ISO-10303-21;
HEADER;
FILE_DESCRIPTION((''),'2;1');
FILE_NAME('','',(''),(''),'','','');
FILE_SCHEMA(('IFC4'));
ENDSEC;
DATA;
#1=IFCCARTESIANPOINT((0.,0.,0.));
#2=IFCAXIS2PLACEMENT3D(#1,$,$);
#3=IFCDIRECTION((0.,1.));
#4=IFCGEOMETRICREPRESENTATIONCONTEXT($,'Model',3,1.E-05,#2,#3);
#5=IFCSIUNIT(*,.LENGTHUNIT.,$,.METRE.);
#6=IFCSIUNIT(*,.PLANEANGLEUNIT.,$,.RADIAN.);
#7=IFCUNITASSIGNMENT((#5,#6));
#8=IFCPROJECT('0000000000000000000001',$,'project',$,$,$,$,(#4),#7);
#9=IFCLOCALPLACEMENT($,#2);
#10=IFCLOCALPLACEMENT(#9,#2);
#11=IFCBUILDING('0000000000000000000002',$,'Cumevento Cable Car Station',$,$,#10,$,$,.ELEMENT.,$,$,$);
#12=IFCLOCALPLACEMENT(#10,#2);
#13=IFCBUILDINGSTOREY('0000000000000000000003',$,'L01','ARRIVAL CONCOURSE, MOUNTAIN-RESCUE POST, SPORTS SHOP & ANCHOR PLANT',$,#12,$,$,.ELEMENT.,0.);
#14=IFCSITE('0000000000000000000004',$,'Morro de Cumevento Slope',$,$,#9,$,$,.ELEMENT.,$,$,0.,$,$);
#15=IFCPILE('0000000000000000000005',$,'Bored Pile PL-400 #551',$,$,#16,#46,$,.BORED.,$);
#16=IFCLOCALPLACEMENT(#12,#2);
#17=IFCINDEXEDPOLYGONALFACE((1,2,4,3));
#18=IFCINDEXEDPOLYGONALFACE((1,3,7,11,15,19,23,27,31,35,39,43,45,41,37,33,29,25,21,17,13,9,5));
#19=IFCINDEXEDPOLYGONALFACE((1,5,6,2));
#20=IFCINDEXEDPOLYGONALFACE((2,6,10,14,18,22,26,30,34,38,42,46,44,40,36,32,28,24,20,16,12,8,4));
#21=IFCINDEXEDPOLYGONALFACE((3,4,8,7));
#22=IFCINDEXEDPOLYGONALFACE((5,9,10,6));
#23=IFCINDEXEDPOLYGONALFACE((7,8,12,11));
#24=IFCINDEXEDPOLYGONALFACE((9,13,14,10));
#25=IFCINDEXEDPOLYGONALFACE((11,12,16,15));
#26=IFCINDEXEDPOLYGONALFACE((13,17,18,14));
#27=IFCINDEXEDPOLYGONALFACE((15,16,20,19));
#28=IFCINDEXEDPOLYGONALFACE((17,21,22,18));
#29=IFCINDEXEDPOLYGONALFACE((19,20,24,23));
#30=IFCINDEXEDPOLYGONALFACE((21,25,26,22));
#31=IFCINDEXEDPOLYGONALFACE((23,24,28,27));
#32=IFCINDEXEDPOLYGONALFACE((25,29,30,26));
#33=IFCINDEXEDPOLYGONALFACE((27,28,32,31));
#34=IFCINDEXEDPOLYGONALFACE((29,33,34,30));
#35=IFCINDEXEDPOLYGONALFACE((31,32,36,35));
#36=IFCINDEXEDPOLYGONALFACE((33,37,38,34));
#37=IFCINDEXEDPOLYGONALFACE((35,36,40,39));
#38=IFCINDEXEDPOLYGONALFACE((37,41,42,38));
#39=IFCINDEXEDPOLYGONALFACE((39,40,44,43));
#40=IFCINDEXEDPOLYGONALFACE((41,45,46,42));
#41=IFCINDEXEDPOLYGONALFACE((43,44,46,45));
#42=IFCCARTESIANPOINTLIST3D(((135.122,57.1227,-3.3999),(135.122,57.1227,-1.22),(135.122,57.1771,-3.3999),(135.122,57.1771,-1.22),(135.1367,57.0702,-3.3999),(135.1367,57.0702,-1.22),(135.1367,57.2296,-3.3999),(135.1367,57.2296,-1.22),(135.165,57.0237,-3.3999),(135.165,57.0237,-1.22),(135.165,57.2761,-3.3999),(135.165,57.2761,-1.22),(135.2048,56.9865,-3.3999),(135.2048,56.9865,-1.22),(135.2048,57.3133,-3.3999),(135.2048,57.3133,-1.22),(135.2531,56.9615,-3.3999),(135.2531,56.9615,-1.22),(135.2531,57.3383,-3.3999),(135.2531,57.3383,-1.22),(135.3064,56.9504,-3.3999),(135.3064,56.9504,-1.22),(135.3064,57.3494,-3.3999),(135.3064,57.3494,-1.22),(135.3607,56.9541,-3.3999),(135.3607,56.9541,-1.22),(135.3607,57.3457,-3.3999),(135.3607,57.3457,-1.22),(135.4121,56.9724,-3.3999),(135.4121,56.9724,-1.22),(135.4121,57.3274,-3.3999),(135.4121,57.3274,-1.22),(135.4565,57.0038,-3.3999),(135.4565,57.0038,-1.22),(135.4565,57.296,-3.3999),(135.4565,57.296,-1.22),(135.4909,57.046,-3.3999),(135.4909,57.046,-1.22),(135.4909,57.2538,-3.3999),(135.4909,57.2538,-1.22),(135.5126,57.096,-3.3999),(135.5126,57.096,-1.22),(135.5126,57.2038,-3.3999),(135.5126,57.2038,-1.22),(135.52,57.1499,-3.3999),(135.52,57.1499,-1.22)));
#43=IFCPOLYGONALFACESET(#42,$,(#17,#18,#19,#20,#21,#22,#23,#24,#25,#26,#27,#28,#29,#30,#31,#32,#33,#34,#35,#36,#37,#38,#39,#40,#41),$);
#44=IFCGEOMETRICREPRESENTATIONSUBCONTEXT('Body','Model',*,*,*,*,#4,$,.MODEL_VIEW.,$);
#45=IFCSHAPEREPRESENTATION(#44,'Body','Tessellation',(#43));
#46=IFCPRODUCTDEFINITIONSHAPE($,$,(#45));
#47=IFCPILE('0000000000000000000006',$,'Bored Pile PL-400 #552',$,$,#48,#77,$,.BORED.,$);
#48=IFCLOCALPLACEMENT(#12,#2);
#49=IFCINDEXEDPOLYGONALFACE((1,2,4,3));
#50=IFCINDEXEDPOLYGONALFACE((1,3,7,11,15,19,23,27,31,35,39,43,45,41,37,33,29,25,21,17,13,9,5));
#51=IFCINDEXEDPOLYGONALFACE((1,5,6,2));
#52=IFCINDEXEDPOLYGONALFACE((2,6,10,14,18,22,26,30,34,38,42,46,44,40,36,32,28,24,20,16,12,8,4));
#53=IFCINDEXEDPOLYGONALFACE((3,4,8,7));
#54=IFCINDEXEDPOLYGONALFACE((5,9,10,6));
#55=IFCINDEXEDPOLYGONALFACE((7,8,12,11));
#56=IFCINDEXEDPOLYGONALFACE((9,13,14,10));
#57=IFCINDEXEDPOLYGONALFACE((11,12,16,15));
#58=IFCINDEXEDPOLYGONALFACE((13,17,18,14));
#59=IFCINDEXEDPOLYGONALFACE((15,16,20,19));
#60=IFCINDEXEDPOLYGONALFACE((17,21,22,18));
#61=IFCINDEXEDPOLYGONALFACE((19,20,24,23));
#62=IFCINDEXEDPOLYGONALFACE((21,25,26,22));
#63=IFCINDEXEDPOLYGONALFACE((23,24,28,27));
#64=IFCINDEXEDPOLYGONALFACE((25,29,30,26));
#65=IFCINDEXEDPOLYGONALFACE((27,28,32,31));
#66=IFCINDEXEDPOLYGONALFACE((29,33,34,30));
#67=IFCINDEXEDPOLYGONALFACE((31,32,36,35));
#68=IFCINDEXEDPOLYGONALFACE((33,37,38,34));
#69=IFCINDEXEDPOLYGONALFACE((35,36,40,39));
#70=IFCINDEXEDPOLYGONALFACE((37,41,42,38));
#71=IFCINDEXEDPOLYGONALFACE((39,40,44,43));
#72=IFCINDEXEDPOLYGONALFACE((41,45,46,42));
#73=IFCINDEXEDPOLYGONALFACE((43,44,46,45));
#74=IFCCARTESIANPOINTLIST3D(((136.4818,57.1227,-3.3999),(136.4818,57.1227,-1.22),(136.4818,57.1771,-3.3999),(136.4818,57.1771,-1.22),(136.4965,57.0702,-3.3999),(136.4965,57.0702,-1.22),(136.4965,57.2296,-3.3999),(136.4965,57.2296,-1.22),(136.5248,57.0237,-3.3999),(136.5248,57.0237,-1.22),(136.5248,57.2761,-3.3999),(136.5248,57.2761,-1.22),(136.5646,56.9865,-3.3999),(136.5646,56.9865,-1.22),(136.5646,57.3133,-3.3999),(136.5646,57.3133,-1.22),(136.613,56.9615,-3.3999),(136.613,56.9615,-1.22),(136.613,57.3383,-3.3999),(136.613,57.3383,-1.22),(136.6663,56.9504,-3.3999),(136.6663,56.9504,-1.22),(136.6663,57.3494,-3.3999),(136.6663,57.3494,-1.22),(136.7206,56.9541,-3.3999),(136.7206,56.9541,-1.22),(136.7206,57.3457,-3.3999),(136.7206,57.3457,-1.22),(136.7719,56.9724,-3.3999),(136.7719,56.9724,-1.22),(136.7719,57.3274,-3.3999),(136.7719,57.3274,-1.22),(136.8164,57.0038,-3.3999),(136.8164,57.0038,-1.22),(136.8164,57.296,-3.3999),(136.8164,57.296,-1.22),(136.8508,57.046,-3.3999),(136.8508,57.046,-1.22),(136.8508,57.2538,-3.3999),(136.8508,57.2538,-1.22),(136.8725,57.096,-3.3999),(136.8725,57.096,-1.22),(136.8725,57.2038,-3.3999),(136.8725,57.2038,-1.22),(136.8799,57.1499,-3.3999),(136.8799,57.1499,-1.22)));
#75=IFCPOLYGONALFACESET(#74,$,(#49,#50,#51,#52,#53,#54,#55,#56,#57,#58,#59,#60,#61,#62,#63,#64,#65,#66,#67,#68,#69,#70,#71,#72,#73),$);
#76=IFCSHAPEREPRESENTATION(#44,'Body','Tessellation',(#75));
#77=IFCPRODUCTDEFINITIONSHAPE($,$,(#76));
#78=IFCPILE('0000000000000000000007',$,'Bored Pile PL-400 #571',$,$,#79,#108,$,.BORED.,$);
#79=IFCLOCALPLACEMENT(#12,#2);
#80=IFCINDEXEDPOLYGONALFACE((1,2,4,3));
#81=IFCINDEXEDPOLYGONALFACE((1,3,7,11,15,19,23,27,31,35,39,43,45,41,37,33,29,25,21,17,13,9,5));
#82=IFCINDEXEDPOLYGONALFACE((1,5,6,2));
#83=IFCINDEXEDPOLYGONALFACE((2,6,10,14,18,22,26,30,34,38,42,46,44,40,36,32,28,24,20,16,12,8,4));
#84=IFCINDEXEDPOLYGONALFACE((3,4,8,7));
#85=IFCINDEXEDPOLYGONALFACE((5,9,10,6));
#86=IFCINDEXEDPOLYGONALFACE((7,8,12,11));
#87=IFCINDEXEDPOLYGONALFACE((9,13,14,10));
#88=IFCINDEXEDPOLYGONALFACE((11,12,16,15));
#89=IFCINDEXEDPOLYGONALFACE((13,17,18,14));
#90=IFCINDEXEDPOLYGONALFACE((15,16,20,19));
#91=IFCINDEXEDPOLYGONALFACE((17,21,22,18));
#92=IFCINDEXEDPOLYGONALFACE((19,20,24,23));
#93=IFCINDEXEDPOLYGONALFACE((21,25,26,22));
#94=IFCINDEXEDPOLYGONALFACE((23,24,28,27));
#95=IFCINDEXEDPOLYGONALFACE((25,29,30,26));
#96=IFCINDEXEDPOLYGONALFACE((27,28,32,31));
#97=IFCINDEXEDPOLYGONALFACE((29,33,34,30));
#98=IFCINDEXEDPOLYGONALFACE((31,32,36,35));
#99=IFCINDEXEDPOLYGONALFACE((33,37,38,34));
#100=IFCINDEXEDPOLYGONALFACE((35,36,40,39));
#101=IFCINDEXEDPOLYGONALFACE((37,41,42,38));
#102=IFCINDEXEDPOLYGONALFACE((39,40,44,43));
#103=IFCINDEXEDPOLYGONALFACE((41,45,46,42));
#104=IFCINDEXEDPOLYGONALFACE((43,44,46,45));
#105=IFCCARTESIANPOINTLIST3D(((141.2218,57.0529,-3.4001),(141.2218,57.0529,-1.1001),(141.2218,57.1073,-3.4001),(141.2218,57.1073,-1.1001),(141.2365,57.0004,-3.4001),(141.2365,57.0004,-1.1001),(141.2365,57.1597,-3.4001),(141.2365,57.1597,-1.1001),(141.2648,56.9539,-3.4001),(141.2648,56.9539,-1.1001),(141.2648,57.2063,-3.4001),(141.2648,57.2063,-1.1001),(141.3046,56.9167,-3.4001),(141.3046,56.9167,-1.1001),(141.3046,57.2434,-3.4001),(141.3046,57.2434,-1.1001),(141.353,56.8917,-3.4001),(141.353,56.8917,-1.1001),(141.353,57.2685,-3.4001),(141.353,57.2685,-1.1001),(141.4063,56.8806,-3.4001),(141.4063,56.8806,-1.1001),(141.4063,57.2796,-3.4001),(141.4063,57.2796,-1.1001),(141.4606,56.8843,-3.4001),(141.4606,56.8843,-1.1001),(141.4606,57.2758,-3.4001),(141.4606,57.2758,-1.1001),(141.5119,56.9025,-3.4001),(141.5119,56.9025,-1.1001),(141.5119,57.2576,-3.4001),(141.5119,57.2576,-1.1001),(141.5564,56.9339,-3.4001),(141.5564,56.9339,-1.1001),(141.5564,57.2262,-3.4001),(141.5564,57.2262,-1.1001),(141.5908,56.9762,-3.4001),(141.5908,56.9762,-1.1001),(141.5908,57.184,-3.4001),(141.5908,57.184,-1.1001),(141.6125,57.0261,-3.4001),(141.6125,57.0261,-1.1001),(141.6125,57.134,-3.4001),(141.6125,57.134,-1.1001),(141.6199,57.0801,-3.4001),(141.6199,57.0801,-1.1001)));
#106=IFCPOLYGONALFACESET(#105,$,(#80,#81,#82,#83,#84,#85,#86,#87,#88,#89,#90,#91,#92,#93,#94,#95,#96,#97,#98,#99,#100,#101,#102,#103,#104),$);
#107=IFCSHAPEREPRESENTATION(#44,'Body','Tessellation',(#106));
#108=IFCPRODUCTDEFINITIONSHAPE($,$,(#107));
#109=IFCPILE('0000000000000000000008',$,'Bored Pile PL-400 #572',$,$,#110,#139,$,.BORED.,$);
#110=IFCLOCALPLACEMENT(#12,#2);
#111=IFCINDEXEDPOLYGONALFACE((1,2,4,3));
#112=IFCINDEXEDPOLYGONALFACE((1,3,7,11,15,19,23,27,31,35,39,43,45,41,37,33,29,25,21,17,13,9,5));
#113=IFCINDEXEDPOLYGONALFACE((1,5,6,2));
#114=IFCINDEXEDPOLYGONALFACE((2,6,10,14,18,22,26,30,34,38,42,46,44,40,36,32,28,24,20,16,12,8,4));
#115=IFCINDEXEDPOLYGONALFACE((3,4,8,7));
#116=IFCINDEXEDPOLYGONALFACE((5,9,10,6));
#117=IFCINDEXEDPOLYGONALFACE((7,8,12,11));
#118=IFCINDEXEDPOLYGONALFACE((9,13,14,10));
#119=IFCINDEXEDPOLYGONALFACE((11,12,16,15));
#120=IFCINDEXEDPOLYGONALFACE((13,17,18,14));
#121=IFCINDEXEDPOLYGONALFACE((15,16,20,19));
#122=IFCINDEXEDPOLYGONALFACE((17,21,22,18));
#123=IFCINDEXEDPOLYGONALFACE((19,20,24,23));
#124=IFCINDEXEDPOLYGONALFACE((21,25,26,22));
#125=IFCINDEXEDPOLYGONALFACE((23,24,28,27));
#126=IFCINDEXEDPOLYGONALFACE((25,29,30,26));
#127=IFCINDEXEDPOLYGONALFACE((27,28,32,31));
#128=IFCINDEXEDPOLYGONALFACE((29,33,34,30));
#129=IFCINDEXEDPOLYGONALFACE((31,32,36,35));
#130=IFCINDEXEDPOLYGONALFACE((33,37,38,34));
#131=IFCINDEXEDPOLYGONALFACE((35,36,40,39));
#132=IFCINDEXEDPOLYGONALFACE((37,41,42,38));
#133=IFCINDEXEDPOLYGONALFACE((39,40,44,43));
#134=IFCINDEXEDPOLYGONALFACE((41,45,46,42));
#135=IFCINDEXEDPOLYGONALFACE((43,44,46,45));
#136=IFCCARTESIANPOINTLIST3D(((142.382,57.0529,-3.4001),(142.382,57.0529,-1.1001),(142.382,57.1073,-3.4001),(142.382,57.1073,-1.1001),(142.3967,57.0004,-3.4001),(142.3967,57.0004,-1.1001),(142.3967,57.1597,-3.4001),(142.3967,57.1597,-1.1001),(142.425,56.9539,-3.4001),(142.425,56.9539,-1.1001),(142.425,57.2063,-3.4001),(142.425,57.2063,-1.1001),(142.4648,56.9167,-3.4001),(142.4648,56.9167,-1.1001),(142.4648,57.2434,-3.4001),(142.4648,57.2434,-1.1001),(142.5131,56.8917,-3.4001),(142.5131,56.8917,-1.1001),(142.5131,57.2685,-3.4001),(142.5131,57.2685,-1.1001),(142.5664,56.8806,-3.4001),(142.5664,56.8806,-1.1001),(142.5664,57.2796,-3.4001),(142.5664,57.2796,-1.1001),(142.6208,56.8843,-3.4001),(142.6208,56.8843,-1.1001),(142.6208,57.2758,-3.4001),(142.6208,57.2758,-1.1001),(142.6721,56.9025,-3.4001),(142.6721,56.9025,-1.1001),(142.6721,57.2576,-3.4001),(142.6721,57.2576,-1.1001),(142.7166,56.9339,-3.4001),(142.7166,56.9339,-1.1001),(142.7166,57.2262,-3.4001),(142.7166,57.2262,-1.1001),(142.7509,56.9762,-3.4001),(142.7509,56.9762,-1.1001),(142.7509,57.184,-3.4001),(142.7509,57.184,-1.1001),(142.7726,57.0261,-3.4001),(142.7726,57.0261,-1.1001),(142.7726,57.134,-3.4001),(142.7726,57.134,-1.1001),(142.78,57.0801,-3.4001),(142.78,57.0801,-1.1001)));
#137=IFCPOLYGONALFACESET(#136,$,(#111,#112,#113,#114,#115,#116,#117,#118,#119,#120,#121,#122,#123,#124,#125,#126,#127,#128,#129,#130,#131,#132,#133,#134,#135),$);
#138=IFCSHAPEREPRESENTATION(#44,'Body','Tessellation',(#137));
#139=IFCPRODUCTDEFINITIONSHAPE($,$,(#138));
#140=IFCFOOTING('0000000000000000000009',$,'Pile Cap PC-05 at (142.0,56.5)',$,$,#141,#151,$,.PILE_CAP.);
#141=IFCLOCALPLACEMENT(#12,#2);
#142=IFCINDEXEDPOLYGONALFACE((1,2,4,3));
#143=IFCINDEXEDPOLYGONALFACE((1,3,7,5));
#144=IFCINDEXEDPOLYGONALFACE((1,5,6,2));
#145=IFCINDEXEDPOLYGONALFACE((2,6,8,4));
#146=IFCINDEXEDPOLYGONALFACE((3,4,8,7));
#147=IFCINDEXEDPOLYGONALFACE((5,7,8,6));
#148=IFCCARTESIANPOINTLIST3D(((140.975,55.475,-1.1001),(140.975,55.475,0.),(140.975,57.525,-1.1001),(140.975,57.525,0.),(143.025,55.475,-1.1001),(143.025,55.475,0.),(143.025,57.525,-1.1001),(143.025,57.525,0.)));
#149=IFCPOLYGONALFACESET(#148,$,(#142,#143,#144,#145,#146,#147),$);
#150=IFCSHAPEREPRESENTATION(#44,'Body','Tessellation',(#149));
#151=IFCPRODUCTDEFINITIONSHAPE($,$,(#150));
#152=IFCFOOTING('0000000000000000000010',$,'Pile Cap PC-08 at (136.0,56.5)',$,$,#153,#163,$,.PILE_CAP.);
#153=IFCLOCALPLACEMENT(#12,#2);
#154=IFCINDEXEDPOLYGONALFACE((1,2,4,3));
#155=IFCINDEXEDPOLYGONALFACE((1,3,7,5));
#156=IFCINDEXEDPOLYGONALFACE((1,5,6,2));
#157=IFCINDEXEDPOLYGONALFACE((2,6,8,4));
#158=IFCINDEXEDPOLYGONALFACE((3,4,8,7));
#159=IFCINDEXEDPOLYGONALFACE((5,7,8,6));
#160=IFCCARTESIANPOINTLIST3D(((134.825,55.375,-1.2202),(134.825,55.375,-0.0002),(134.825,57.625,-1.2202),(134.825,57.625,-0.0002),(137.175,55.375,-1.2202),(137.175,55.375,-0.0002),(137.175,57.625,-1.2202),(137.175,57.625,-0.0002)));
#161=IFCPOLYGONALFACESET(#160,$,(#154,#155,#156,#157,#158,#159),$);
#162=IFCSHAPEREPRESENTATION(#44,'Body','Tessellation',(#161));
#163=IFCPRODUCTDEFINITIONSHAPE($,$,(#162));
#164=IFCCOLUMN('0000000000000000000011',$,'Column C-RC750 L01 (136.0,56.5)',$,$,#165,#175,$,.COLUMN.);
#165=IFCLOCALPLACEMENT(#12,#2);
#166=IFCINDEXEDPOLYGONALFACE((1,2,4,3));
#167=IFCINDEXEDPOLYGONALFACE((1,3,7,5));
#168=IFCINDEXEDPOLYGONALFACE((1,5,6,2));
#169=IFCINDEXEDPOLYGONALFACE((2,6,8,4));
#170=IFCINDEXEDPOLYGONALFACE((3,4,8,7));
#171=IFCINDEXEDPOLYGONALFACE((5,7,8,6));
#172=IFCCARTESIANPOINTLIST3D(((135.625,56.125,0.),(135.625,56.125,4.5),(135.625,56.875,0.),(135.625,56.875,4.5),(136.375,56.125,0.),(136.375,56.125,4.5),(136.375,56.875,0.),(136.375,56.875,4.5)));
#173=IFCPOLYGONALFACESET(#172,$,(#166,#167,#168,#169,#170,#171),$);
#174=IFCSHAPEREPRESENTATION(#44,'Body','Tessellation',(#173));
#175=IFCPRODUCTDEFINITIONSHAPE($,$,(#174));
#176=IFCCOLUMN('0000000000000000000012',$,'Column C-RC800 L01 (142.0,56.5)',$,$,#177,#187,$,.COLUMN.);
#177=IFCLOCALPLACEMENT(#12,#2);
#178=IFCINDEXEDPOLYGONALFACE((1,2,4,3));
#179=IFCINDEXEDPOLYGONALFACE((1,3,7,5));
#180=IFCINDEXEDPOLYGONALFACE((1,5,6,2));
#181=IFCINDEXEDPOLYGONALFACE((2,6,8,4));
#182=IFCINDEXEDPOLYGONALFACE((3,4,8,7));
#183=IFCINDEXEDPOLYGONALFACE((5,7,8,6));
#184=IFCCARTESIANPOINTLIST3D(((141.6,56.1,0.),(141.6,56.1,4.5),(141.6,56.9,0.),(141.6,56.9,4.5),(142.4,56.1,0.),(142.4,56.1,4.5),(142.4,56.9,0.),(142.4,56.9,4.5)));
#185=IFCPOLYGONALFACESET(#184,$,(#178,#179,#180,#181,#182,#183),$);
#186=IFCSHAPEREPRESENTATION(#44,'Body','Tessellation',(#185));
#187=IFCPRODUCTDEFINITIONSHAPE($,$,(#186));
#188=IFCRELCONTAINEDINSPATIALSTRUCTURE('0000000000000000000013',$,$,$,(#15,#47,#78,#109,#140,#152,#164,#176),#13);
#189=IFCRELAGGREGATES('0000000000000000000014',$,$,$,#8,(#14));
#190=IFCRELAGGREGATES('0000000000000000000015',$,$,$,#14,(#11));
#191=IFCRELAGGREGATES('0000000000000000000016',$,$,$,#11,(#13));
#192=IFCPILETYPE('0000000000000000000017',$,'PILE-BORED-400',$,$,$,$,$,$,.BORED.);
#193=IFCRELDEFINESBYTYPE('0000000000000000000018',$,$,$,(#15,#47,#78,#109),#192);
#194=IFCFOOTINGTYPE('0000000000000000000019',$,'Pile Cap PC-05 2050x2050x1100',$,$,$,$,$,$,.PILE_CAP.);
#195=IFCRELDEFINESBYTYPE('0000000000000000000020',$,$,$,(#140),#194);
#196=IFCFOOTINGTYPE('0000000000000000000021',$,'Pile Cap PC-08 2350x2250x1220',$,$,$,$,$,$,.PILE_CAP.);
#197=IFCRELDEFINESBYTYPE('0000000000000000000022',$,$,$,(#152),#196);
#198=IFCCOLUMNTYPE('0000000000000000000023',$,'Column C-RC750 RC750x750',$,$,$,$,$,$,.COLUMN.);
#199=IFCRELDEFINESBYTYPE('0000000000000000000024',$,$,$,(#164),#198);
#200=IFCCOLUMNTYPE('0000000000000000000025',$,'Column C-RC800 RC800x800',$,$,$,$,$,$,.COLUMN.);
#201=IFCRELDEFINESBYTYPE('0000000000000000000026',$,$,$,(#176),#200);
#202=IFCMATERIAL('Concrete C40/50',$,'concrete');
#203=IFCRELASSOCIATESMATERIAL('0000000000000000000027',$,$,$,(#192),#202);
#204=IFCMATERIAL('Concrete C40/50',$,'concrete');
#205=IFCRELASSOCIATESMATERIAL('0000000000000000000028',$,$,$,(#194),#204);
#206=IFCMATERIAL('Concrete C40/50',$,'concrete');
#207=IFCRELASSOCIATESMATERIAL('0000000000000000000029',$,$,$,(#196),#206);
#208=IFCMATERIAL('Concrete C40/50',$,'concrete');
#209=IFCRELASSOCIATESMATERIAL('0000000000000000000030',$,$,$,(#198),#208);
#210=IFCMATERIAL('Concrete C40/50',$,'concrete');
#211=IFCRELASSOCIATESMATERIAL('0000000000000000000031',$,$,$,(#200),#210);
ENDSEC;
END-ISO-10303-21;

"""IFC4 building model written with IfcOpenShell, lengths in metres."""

from ifc_helpers import new_model, si_unit, direction, frame, origin, origin_2d, place, context, subcontext, project, spatial, rectangle, circle, extrude, material, material_profile, profile_set, type_object, element, save


model = new_model("IFC4")

# Units and contexts
model_context = context("Model", 3, precision=1e-05, world=origin(), true_north=direction((0.0, 1.0)))
body_context = subcontext(model_context, "Body", "Model", "MODEL_VIEW")
ifc_project = project(units=[si_unit("LENGTHUNIT", "METRE"), si_unit("PLANEANGLEUNIT", "RADIAN")], contexts=[model_context])

# Site, building, storey
site_placement = place(None, origin())
site = spatial("IfcSite", under=ifc_project, at=site_placement, Name="Morro de Cumevento Slope", CompositionType="ELEMENT", RefElevation=0.0)
building_placement = place(site_placement, origin())
building = spatial("IfcBuilding", under=site, at=building_placement, Name="Cumevento Cable Car Station", CompositionType="ELEMENT")
storey_placement = place(building_placement, origin())
storey = spatial("IfcBuildingStorey", under=building, at=storey_placement, Name="L01", Description="ARRIVAL CONCOURSE, MOUNTAIN-RESCUE POST, SPORTS SHOP & ANCHOR PLANT", CompositionType="ELEMENT", Elevation=0.0)

# Piles
ifc_material_1 = material(Name="Concrete C40/50", Category="concrete")
ifc_material_profile_1 = material_profile(ifc_material_1, circle(Radius=0.2, at=origin_2d()), Name="PILE-D400")
ifc_profile_set_1 = profile_set([ifc_material_profile_1], Name="Concrete C40/50")
pile_type = type_object("IfcPileType", Name="PILE-BORED-400", PredefinedType="BORED", material=ifc_profile_set_1)
for number, where, z_axis, x_axis, name in (
    (1, (135.3201, 57.1499, -1.22), (0.0, 0.0, -1.0), (1.0, 0.0, 0.0), "Bored Pile PL-400 #551"),
    (2, (136.6799, 57.1499, -1.22), (0.0, 0.0, -1.0), (1.0, 0.0, 0.0), "Bored Pile PL-400 #552"),
):
    element("IfcPile", number, at=place(storey_placement, frame(where, z_axis=z_axis, x_axis=x_axis)), inside=storey, type_object=pile_type, Name=name, PredefinedType="BORED", context=body_context, shape_type="SweptSolid", body=[
        extrude(circle(Radius=0.2, at=origin_2d()), origin(), (0.0, 0.0, 1.0), 2.1799),
    ])
for number, where, z_axis, x_axis, name in (
    (3, (141.4199, 57.0801, -1.1001), (0.0, 0.0, -1.0), (1.0, 0.0, 0.0), "Bored Pile PL-400 #571"),
    (4, (142.5801, 57.0801, -1.1001), (0.0, 0.0, -1.0), (1.0, 0.0, 0.0), "Bored Pile PL-400 #572"),
):
    element("IfcPile", number, at=place(storey_placement, frame(where, z_axis=z_axis, x_axis=x_axis)), inside=storey, type_object=pile_type, Name=name, PredefinedType="BORED", context=body_context, shape_type="SweptSolid", body=[
        extrude(circle(Radius=0.2, at=origin_2d()), origin(), (0.0, 0.0, 1.0), 2.3),
    ])

# Footings
ifc_material_2 = material(Name="Concrete C40/50", Category="concrete")
footing_type_1 = type_object("IfcFootingType", Name="Pile Cap PC-05 2050x2050x1100", PredefinedType="PILE_CAP", material=ifc_material_2)
footing_1_placement = place(storey_placement, frame((142.0, 56.5, -1.1001), z_axis=(0.0, 0.0, 1.0), x_axis=(1.0, 0.0, 0.0)))
element("IfcFooting", 5, at=footing_1_placement, inside=storey, type_object=footing_type_1, Name="Pile Cap PC-05 at (142.0,56.5)", PredefinedType="PILE_CAP", context=body_context, shape_type="SweptSolid", body=[
    extrude(rectangle(XDim=2.05, YDim=2.05, at=origin_2d()), origin(), (0.0, 0.0, 1.0), 1.1001),
])
ifc_material_3 = material(Name="Concrete C40/50", Category="concrete")
footing_type_2 = type_object("IfcFootingType", Name="Pile Cap PC-08 2350x2250x1220", PredefinedType="PILE_CAP", material=ifc_material_3)
footing_2_placement = place(storey_placement, frame((136.0, 56.5, -1.2202), z_axis=(0.0, 0.0, 1.0), x_axis=(1.0, 0.0, 0.0)))
element("IfcFooting", 6, at=footing_2_placement, inside=storey, type_object=footing_type_2, Name="Pile Cap PC-08 at (136.0,56.5)", PredefinedType="PILE_CAP", context=body_context, shape_type="SweptSolid", body=[
    extrude(rectangle(XDim=2.3501, YDim=2.25, at=origin_2d()), origin(), (0.0, 0.0, 1.0), 1.22),
])

# Columns
ifc_material_4 = material(Name="Concrete C40/50", Category="concrete")
ifc_material_profile_2 = material_profile(ifc_material_4, rectangle(XDim=0.75, YDim=0.75, at=origin_2d()), Name="RC750x750")
ifc_profile_set_2 = profile_set([ifc_material_profile_2], Name="Concrete C40/50")
column_type_1 = type_object("IfcColumnType", Name="Column C-RC750 RC750x750", PredefinedType="COLUMN", material=ifc_profile_set_2)
column_1_placement = place(storey_placement, frame((136.0, 56.5, 0.0), z_axis=(0.0, 0.0, 1.0), x_axis=(1.0, 0.0, 0.0)))
element("IfcColumn", 7, at=column_1_placement, inside=storey, type_object=column_type_1, Name="Column C-RC750 L01 (136.0,56.5)", PredefinedType="COLUMN", context=body_context, shape_type="SweptSolid", body=[
    extrude(rectangle(XDim=0.75, YDim=0.75, at=origin_2d()), origin(), (0.0, 0.0, 1.0), 4.5),
])
ifc_material_5 = material(Name="Concrete C40/50", Category="concrete")
ifc_material_profile_3 = material_profile(ifc_material_5, rectangle(XDim=0.8, YDim=0.8, at=origin_2d()), Name="RC800x800")
ifc_profile_set_3 = profile_set([ifc_material_profile_3], Name="Concrete C40/50")
column_type_2 = type_object("IfcColumnType", Name="Column C-RC800 RC800x800", PredefinedType="COLUMN", material=ifc_profile_set_3)
column_2_placement = place(storey_placement, frame((142.0, 56.5, 0.0), z_axis=(0.0, 0.0, 1.0), x_axis=(1.0, 0.0, 0.0)))
element("IfcColumn", 8, at=column_2_placement, inside=storey, type_object=column_type_2, Name="Column C-RC800 L01 (142.0,56.5)", PredefinedType="COLUMN", context=body_context, shape_type="SweptSolid", body=[
    extrude(rectangle(XDim=0.8, YDim=0.8, at=origin_2d()), origin(), (0.0, 0.0, 1.0), 4.5),
])

save(model, "model.ifc")
